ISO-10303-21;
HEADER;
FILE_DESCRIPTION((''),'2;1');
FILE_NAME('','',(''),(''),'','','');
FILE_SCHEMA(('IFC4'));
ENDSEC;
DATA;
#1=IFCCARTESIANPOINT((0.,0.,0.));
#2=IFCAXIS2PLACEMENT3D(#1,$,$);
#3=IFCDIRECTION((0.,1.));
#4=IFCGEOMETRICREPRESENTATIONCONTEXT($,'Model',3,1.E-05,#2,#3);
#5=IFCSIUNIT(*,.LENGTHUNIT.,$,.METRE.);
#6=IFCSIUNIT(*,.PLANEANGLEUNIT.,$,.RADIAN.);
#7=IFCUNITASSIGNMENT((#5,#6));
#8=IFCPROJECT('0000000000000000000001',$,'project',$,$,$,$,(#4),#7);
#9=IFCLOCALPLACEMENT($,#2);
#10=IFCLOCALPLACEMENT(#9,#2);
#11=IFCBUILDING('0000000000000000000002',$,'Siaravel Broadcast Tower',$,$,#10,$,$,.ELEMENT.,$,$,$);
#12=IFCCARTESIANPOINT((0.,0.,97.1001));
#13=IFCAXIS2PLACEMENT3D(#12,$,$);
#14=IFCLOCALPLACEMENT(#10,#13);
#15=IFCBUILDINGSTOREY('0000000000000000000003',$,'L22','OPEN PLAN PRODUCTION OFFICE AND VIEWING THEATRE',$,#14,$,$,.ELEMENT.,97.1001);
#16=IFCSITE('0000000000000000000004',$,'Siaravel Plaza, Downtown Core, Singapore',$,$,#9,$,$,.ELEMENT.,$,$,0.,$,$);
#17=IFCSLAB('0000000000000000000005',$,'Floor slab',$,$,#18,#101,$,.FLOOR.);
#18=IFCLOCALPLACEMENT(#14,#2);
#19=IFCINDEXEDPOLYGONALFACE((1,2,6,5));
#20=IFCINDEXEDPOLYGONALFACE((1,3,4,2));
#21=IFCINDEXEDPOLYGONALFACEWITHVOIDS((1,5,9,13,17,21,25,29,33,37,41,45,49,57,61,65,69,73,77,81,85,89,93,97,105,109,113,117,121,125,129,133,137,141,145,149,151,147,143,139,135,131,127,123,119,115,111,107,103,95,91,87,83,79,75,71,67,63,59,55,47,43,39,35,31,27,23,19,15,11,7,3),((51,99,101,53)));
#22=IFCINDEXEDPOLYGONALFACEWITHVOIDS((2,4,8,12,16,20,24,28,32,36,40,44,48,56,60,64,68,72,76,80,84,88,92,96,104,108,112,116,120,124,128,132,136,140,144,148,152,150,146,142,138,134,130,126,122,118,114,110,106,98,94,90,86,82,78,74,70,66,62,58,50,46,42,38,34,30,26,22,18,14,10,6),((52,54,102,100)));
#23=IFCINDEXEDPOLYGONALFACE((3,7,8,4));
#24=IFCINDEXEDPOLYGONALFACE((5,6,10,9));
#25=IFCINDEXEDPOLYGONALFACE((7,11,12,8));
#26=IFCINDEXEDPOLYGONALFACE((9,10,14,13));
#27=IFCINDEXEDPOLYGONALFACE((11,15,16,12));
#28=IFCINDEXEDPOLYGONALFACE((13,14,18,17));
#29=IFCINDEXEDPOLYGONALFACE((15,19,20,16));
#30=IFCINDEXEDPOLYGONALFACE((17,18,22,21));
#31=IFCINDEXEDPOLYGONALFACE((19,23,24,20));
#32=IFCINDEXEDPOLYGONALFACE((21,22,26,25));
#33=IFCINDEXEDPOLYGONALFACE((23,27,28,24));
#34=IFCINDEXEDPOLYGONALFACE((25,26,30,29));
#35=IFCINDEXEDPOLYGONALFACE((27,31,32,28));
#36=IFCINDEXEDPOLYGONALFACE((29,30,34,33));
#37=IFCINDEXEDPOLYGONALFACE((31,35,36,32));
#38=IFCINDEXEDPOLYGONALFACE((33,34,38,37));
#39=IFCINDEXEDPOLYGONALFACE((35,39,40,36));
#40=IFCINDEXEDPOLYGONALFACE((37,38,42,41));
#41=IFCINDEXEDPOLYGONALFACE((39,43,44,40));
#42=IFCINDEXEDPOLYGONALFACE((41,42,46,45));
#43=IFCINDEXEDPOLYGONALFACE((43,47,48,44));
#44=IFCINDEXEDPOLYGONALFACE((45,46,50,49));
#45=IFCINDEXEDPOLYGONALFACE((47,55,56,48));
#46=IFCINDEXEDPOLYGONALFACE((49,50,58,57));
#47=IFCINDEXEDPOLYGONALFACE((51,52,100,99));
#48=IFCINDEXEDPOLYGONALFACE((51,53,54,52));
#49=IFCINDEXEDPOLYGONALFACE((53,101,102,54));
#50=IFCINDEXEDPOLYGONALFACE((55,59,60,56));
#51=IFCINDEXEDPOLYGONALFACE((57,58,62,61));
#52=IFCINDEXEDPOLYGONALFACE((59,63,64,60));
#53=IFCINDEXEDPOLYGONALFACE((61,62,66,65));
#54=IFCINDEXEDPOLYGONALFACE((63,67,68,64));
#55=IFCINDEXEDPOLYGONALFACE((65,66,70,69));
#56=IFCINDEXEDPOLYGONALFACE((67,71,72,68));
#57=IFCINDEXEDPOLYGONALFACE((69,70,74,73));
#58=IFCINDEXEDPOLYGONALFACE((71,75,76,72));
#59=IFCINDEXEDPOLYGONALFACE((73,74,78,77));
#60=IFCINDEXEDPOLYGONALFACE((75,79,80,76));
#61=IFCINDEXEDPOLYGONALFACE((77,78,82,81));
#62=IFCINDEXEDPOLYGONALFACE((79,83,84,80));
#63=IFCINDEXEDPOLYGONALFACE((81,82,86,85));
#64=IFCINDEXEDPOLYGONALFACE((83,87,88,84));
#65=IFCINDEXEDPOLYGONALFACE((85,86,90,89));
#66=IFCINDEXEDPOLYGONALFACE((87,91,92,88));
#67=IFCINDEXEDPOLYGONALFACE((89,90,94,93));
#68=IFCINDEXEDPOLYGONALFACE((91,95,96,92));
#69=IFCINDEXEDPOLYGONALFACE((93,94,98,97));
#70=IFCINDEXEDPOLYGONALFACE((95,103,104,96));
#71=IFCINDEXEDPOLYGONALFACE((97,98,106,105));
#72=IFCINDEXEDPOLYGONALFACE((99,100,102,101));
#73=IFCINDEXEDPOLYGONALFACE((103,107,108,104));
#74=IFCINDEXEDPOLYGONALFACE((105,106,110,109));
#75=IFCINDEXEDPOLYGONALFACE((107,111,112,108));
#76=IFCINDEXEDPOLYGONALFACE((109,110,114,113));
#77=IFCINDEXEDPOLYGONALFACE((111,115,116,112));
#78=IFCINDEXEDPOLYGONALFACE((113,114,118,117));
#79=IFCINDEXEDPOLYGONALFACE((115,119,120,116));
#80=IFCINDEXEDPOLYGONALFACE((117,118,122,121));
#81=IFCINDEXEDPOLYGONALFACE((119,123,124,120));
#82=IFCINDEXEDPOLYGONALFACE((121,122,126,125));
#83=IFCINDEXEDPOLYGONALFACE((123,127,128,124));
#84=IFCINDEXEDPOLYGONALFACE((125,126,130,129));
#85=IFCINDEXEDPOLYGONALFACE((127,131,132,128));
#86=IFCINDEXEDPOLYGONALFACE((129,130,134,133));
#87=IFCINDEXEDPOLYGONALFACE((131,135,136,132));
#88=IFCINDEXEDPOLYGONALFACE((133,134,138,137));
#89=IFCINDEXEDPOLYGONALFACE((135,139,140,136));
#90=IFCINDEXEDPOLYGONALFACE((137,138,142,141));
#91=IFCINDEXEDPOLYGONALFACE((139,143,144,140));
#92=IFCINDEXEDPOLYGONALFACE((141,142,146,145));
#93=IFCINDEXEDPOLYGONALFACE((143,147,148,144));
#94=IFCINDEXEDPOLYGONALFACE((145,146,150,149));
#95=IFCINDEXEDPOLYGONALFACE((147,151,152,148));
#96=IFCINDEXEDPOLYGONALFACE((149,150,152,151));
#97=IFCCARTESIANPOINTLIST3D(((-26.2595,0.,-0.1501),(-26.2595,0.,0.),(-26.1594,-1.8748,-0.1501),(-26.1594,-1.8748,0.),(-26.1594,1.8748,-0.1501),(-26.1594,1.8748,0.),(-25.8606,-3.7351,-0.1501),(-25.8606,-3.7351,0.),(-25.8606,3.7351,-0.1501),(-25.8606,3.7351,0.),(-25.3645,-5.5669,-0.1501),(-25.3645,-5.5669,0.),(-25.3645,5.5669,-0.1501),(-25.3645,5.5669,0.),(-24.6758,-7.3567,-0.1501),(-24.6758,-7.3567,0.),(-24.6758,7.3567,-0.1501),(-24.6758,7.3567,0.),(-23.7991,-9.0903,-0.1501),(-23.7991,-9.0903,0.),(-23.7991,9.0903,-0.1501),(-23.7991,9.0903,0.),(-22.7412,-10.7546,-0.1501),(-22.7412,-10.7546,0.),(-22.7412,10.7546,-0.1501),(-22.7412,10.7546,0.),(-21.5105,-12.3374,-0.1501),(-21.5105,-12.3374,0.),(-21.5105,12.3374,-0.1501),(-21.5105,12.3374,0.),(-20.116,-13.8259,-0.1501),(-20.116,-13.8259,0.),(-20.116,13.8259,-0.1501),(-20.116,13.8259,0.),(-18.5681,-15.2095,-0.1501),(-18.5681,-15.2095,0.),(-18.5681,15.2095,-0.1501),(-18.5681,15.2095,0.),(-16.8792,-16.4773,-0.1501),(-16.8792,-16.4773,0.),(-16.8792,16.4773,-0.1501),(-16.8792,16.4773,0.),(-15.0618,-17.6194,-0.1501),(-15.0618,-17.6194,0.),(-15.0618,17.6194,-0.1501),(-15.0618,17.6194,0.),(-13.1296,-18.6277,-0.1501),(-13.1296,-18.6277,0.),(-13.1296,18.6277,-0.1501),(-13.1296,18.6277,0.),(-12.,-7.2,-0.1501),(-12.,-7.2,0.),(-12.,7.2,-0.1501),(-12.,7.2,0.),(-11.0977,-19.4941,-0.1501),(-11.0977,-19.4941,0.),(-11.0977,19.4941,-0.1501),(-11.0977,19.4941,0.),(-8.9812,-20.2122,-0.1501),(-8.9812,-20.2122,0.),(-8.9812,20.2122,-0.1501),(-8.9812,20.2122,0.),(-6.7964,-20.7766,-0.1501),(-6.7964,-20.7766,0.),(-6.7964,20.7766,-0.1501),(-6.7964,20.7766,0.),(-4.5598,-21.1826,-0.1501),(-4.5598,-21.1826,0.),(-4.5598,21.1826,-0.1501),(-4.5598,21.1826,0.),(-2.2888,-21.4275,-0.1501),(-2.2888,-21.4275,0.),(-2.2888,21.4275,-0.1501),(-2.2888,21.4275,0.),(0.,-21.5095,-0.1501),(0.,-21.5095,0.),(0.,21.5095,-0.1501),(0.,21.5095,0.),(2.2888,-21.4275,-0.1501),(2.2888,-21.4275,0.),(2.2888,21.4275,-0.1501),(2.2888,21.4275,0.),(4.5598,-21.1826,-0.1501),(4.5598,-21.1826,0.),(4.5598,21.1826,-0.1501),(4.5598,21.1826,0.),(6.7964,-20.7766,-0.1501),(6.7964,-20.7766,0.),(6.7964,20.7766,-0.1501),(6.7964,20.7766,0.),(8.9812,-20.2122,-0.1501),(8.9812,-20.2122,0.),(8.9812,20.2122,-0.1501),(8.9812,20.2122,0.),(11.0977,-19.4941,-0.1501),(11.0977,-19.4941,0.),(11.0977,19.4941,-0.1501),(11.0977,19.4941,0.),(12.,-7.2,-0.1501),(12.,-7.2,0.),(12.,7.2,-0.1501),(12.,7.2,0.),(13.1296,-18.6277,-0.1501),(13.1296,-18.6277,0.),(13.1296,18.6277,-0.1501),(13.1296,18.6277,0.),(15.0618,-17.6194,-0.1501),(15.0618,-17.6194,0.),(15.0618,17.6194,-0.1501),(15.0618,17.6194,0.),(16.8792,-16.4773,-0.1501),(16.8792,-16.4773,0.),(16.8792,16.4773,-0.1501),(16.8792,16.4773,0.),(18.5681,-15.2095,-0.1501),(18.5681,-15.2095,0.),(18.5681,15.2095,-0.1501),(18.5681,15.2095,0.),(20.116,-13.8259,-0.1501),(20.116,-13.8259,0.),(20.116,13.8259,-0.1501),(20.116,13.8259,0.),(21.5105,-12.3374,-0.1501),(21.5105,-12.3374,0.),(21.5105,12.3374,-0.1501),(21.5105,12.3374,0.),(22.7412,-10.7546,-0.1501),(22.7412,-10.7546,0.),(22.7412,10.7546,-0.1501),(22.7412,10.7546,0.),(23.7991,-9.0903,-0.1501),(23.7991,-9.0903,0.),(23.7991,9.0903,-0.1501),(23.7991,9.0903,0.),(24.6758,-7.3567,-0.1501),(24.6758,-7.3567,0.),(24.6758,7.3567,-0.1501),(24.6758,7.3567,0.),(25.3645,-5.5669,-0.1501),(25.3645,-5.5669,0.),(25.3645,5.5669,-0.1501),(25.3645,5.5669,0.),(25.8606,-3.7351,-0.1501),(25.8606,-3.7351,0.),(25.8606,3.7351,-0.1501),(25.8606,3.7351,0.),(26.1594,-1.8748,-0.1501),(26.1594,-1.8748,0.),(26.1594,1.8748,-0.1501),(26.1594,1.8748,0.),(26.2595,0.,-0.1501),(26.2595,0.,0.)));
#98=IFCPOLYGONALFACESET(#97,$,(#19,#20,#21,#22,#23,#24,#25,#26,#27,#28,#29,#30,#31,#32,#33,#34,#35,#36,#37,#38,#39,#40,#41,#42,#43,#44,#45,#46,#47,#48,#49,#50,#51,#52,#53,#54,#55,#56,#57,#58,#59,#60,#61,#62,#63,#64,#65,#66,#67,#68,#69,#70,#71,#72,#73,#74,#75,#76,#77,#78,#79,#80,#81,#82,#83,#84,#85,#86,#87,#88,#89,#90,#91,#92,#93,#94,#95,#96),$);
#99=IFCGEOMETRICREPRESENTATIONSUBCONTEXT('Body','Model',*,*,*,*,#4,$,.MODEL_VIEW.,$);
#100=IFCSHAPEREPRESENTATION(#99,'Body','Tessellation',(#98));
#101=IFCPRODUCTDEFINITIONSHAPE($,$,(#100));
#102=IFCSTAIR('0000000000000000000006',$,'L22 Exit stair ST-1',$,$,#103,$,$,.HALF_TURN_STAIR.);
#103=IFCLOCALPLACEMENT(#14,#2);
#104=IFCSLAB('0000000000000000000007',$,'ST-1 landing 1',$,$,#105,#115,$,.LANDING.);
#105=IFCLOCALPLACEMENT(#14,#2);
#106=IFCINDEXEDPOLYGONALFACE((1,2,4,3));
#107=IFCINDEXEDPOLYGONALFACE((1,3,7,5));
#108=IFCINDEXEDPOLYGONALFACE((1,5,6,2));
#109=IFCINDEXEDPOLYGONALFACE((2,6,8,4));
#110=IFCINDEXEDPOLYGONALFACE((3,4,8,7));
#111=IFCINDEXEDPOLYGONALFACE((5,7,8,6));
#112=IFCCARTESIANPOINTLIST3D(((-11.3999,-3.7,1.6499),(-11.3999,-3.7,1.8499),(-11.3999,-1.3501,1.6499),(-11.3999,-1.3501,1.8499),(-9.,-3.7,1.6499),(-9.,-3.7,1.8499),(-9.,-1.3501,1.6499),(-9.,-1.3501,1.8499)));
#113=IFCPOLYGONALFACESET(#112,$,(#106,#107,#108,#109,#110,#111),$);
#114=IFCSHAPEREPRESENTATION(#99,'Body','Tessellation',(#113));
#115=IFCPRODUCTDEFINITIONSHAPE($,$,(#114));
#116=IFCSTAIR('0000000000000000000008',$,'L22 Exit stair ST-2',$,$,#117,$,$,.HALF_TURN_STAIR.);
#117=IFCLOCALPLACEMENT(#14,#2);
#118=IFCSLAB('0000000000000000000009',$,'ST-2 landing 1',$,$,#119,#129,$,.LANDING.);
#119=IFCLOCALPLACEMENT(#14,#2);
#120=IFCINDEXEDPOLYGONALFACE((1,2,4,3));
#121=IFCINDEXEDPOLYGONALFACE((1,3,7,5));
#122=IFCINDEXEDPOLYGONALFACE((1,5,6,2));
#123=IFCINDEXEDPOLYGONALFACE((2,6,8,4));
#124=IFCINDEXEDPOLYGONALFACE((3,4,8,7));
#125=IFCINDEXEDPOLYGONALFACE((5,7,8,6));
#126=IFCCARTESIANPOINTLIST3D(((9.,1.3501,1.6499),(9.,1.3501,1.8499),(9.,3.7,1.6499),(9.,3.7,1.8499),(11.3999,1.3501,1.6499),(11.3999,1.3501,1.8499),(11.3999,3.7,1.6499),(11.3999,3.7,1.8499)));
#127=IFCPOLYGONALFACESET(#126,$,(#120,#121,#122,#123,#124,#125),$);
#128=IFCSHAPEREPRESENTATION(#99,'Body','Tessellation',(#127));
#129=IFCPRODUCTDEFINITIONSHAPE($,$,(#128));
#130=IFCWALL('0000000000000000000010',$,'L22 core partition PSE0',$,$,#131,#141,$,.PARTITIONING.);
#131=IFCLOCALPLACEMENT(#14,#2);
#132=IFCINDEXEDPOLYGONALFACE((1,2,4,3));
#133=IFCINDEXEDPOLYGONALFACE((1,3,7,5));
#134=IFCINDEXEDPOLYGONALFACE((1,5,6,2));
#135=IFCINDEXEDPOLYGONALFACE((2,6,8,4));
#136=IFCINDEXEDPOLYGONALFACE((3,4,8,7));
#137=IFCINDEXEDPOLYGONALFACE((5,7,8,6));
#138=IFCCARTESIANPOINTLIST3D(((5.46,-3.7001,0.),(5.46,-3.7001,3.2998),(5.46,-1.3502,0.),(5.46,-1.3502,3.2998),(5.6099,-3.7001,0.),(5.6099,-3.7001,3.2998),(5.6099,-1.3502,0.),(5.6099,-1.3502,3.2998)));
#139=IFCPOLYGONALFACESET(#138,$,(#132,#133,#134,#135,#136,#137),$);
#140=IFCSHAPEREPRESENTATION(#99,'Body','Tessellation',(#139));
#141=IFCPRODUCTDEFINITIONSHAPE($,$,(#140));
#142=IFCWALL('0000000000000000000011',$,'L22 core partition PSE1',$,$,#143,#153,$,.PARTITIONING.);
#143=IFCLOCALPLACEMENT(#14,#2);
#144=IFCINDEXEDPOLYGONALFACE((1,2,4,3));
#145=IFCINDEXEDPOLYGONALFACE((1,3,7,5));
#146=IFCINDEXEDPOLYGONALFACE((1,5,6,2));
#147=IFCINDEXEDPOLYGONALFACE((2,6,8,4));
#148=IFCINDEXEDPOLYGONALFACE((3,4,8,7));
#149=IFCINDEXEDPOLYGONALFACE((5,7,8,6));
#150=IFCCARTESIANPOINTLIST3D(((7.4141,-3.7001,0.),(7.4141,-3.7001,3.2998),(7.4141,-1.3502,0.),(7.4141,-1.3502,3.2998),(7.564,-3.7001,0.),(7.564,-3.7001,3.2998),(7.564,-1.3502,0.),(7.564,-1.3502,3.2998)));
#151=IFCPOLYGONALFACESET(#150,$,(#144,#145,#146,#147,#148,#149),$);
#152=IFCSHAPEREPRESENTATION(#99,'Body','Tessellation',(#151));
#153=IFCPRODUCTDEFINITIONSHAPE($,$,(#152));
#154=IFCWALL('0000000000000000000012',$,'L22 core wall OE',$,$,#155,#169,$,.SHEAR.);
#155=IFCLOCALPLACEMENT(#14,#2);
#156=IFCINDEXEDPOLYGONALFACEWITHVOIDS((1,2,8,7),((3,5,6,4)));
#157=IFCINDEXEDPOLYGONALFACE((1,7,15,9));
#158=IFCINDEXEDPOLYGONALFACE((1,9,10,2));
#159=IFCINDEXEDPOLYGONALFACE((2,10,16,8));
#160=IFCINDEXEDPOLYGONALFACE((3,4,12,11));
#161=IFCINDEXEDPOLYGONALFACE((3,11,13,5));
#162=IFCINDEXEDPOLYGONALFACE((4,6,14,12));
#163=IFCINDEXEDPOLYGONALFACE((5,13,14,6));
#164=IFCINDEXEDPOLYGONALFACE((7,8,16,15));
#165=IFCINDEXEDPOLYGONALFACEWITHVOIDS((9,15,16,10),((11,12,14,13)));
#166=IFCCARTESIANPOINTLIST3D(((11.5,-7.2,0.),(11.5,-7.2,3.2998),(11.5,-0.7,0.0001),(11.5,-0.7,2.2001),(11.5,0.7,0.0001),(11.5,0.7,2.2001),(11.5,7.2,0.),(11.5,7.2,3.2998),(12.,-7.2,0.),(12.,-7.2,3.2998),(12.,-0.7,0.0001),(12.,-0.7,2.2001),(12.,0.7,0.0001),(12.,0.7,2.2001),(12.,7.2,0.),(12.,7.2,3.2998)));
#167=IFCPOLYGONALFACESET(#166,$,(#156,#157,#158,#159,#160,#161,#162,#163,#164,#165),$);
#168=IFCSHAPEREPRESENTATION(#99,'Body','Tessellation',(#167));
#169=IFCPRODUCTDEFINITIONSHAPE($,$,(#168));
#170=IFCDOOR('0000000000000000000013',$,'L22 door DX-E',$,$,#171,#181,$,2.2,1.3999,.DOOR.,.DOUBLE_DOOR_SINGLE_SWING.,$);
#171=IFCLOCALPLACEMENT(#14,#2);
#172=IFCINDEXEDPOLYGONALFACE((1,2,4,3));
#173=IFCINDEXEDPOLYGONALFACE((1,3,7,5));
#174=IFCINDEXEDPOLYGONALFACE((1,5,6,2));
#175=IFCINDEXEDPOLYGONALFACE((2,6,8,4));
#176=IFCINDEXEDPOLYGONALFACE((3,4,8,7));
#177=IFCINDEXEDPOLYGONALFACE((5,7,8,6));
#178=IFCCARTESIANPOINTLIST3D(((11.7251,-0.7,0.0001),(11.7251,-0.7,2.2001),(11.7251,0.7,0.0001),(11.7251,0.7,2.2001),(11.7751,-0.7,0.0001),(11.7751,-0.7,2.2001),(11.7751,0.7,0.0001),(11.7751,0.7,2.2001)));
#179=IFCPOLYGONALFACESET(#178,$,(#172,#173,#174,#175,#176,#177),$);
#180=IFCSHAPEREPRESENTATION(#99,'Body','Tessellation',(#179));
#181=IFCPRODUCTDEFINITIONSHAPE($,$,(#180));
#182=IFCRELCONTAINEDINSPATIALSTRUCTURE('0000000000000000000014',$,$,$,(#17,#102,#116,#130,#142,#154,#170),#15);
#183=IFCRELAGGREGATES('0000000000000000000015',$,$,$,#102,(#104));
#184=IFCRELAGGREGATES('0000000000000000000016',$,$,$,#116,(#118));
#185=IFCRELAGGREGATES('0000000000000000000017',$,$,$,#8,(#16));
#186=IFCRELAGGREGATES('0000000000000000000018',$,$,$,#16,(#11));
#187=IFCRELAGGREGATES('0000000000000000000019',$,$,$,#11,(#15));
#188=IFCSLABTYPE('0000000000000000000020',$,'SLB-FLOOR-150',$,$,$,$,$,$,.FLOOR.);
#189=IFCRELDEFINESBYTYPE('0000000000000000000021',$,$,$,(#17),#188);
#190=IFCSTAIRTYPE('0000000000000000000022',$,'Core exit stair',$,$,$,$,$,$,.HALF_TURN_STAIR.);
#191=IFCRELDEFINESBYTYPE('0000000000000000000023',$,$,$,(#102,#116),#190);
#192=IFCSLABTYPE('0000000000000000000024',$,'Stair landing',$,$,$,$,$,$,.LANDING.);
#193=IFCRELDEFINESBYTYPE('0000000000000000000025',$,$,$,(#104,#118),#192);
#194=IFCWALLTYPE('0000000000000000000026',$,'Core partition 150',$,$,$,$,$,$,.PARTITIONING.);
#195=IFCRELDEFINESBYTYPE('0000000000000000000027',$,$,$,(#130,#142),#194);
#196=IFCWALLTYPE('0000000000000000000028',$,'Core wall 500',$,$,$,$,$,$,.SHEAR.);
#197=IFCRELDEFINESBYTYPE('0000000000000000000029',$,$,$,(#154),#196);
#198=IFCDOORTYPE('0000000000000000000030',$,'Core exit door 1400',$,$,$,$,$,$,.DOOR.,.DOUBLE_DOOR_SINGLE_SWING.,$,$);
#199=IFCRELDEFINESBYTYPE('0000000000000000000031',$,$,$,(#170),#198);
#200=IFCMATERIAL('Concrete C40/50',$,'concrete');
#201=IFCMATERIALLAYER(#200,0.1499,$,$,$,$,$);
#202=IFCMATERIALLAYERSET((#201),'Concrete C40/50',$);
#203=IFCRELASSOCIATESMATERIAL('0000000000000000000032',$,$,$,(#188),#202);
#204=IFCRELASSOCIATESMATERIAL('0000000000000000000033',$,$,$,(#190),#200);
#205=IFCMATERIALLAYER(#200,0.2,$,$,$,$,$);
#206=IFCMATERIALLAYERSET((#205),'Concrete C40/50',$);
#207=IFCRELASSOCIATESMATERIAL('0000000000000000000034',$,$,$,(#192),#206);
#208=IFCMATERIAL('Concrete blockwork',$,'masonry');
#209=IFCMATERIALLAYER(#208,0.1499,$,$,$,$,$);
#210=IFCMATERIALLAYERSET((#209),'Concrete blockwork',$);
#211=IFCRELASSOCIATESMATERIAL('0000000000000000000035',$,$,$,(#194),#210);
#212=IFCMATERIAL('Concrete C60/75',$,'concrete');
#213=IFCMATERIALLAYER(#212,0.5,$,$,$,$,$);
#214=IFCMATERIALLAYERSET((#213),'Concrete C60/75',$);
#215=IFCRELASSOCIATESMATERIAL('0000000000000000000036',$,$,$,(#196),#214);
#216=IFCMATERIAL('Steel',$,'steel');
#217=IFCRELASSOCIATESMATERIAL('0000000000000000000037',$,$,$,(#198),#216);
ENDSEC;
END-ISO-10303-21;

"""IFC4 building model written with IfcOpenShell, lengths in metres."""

from ifc_helpers import new_model, si_unit, direction, frame, frame_2d, origin, place, context, subcontext, project, spatial, polyline, rectangle, outline, extrude, material, layer, layer_set, type_object, element, fill, aggregate, save


model = new_model("IFC4")

# Units and contexts
model_context = context("Model", 3, precision=1e-05, world=origin(), true_north=direction((0.0, 1.0)))
body_context = subcontext(model_context, "Body", "Model", "MODEL_VIEW")
ifc_project = project(units=[si_unit("LENGTHUNIT", "METRE"), si_unit("PLANEANGLEUNIT", "RADIAN")], contexts=[model_context])

# Site, building, storey
site_placement = place(None, origin())
site = spatial("IfcSite", under=ifc_project, at=site_placement, Name="Siaravel Plaza, Downtown Core, Singapore", CompositionType="ELEMENT", RefElevation=0.0)
building_placement = place(site_placement, origin())
building = spatial("IfcBuilding", under=site, at=building_placement, Name="Siaravel Broadcast Tower", CompositionType="ELEMENT")
storey_placement = place(building_placement, frame((0.0, 0.0, 97.1001)))
storey = spatial("IfcBuildingStorey", under=building, at=storey_placement, Name="L22", Description="OPEN PLAN PRODUCTION OFFICE AND VIEWING THEATRE", CompositionType="ELEMENT", Elevation=97.1001)

# Shared definitions
ifc_material_1 = material(Name="Concrete C60/75", Category="concrete")

# Slab
ifc_material_2 = material(Name="Concrete C40/50", Category="concrete")
ifc_layer_1 = layer(ifc_material_2, 0.1499)
ifc_layer_set_1 = layer_set([ifc_layer_1], Name="Concrete C40/50")
slab_type_1 = type_object("IfcSlabType", Name="SLB-FLOOR-150", PredefinedType="FLOOR", material=ifc_layer_set_1)
slab_1_placement = place(storey_placement, frame((0.0, 0.0, -0.1501)))
element("IfcSlab", 1, at=slab_1_placement, inside=storey, type_object=slab_type_1, Name="Floor slab", PredefinedType="FLOOR", context=body_context, shape_type="SweptSolid", body=[
    extrude(outline(polyline([(26.2595, 0.0), (26.1594, 1.8748), (25.8606, 3.7351), (25.3645, 5.5669), (24.6758, 7.3567), (23.7991, 9.0903), (22.7412, 10.7546), (21.5105, 12.3374), (20.116, 13.8259), (18.5681, 15.2095), (16.8792, 16.4773), (15.0618, 17.6194), (13.1296, 18.6277), (11.0977, 19.4941), (8.9812, 20.2122), (6.7964, 20.7766), (4.5598, 21.1826), (2.2888, 21.4275), (0.0, 21.5095), (-2.2888, 21.4275), (-4.5598, 21.1826), (-6.7964, 20.7766), (-8.9812, 20.2122), (-11.0977, 19.4941), (-13.1296, 18.6277), (-15.0618, 17.6194), (-16.8792, 16.4773), (-18.5681, 15.2095), (-20.116, 13.8259), (-21.5105, 12.3374), (-22.7412, 10.7546), (-23.7991, 9.0903), (-24.6758, 7.3567), (-25.3645, 5.5669), (-25.8606, 3.7351), (-26.1594, 1.8748), (-26.2595, 0.0), (-26.1594, -1.8748), (-25.8606, -3.7351), (-25.3645, -5.5669), (-24.6758, -7.3567), (-23.7991, -9.0903), (-22.7412, -10.7546), (-21.5105, -12.3374), (-20.116, -13.8259), (-18.5681, -15.2095), (-16.8792, -16.4773), (-15.0618, -17.6194), (-13.1296, -18.6277), (-11.0977, -19.4941), (-8.9812, -20.2122), (-6.7964, -20.7766), (-4.5598, -21.1826), (-2.2888, -21.4275), (0.0, -21.5095), (2.2888, -21.4275), (4.5598, -21.1826), (6.7964, -20.7766), (8.9812, -20.2122), (11.0977, -19.4941), (13.1296, -18.6277), (15.0618, -17.6194), (16.8792, -16.4773), (18.5681, -15.2095), (20.116, -13.8259), (21.5105, -12.3374), (22.7412, -10.7546), (23.7991, -9.0903), (24.6758, -7.3567), (25.3645, -5.5669), (25.8606, -3.7351), (26.1594, -1.8748), (26.2595, 0.0)]), holes=[polyline([(-12.0, 7.2), (12.0, 7.2), (12.0, -7.2), (-12.0, -7.2), (-12.0, 7.2)])]), origin(), (0.0, 0.0, 1.0), 0.1501),
])

# Stairs, slabs
stair_type = type_object("IfcStairType", Name="Core exit stair", PredefinedType="HALF_TURN_STAIR", material=ifc_material_2)
stair_1_placement = place(storey_placement, origin())
stair_1 = element("IfcStair", 2, at=stair_1_placement, inside=storey, type_object=stair_type, Name="L22 Exit stair ST-1", PredefinedType="HALF_TURN_STAIR")
ifc_layer_2 = layer(ifc_material_2, 0.2)
ifc_layer_set_2 = layer_set([ifc_layer_2], Name="Concrete C40/50")
slab_type_2 = type_object("IfcSlabType", Name="Stair landing", PredefinedType="LANDING", material=ifc_layer_set_2)
slab_2_placement = place(storey_placement, frame((0.0, 0.0, 1.6499)))
slab_2 = element("IfcSlab", 3, at=slab_2_placement, type_object=slab_type_2, Name="ST-1 landing 1", PredefinedType="LANDING", context=body_context, shape_type="SweptSolid", body=[
    extrude(outline(polyline([(-9.0, -1.3501), (-11.3999, -1.3501), (-11.3999, -3.7), (-9.0, -3.7), (-9.0, -1.3501)])), origin(), (0.0, 0.0, 1.0), 0.2),
])
aggregate(stair_1, [slab_2])
stair_2_placement = place(storey_placement, origin())
stair_2 = element("IfcStair", 4, at=stair_2_placement, inside=storey, type_object=stair_type, Name="L22 Exit stair ST-2", PredefinedType="HALF_TURN_STAIR")
slab_3_placement = place(storey_placement, frame((0.0, 0.0, 1.6499)))
slab_3 = element("IfcSlab", 5, at=slab_3_placement, type_object=slab_type_2, Name="ST-2 landing 1", PredefinedType="LANDING", context=body_context, shape_type="SweptSolid", body=[
    extrude(outline(polyline([(9.0, 1.3501), (11.3999, 1.3501), (11.3999, 3.7), (9.0, 3.7), (9.0, 1.3501)])), origin(), (0.0, 0.0, 1.0), 0.2),
])
aggregate(stair_2, [slab_3])

# Walls
ifc_material_3 = material(Name="Concrete blockwork", Category="masonry")
ifc_layer_3 = layer(ifc_material_3, 0.1499)
ifc_layer_set_3 = layer_set([ifc_layer_3], Name="Concrete blockwork")
wall_type_1 = type_object("IfcWallType", Name="Core partition 150", PredefinedType="PARTITIONING", material=ifc_layer_set_3)
for number, where, z_axis, x_axis, name in (
    (6, (5.5349, -3.7, 0.0), (0.0, 0.0, 1.0), (0.0, 1.0, 0.0), "L22 core partition PSE0"),
    (7, (7.489, -3.7, 0.0), (0.0, 0.0, 1.0), (0.0, 1.0, 0.0), "L22 core partition PSE1"),
):
    element("IfcWall", number, at=place(storey_placement, frame(where, z_axis=z_axis, x_axis=x_axis)), inside=storey, type_object=wall_type_1, Name=name, PredefinedType="PARTITIONING", context=body_context, shape_type="SweptSolid", body=[
        extrude(rectangle(XDim=2.3499, YDim=0.1499, at=frame_2d((1.1748, 0.0))), origin(), (0.0, 0.0, 1.0), 3.2998),
    ])

# Wall, opening, door
ifc_layer_4 = layer(ifc_material_1, 0.5)
ifc_layer_set_4 = layer_set([ifc_layer_4], Name="Concrete C60/75")
wall_type_2 = type_object("IfcWallType", Name="Core wall 500", PredefinedType="SHEAR", material=ifc_layer_set_4)
wall_1_placement = place(storey_placement, frame((11.75, -7.2, 0.0), z_axis=(0.0, 0.0, 1.0), x_axis=(0.0, 1.0, 0.0)))
wall_1 = element("IfcWall", 8, at=wall_1_placement, inside=storey, type_object=wall_type_2, Name="L22 core wall OE", PredefinedType="SHEAR", context=body_context, shape_type="SweptSolid", body=[
    extrude(rectangle(XDim=14.3999, YDim=0.5, at=frame_2d((7.2, 0.0))), origin(), (0.0, 0.0, 1.0), 3.2998),
])
opening_1_placement = place(wall_1_placement, frame((6.5, 0.0, 0.0)))
opening_1 = element("IfcOpeningElement", 9, at=opening_1_placement, cuts=wall_1, PredefinedType="OPENING", context=body_context, shape_type="SweptSolid", body=[
    extrude(rectangle(XDim=1.3999, YDim=2.2, at=frame_2d((0.7, 1.1001))), frame((0.0, 0.26, 0.0), z_axis=(0.0, -1.0, 0.0), x_axis=(1.0, 0.0, 0.0)), (0.0, 0.0, 1.0), 0.52),
])
ifc_material_4 = material(Name="Steel", Category="steel")
door_type_1 = type_object("IfcDoorType", Name="Core exit door 1400", OperationType="DOUBLE_DOOR_SINGLE_SWING", PredefinedType="DOOR", material=ifc_material_4)
door_1_placement = place(opening_1_placement, origin())
door_1 = element("IfcDoor", 10, at=door_1_placement, inside=storey, type_object=door_type_1, Name="L22 door DX-E", OperationType="DOUBLE_DOOR_SINGLE_SWING", OverallHeight=2.2, OverallWidth=1.3999, PredefinedType="DOOR", context=body_context, shape_type="SweptSolid", body=[
    extrude(rectangle(XDim=1.3999, YDim=2.2, at=frame_2d((0.7, 1.1001))), frame((0.0, 0.0249, 0.0), z_axis=(0.0, -1.0, 0.0), x_axis=(1.0, 0.0, 0.0)), (0.0, 0.0, 1.0), 0.05),
])
fill(opening_1, door_1)

save(model, "model.ifc")
